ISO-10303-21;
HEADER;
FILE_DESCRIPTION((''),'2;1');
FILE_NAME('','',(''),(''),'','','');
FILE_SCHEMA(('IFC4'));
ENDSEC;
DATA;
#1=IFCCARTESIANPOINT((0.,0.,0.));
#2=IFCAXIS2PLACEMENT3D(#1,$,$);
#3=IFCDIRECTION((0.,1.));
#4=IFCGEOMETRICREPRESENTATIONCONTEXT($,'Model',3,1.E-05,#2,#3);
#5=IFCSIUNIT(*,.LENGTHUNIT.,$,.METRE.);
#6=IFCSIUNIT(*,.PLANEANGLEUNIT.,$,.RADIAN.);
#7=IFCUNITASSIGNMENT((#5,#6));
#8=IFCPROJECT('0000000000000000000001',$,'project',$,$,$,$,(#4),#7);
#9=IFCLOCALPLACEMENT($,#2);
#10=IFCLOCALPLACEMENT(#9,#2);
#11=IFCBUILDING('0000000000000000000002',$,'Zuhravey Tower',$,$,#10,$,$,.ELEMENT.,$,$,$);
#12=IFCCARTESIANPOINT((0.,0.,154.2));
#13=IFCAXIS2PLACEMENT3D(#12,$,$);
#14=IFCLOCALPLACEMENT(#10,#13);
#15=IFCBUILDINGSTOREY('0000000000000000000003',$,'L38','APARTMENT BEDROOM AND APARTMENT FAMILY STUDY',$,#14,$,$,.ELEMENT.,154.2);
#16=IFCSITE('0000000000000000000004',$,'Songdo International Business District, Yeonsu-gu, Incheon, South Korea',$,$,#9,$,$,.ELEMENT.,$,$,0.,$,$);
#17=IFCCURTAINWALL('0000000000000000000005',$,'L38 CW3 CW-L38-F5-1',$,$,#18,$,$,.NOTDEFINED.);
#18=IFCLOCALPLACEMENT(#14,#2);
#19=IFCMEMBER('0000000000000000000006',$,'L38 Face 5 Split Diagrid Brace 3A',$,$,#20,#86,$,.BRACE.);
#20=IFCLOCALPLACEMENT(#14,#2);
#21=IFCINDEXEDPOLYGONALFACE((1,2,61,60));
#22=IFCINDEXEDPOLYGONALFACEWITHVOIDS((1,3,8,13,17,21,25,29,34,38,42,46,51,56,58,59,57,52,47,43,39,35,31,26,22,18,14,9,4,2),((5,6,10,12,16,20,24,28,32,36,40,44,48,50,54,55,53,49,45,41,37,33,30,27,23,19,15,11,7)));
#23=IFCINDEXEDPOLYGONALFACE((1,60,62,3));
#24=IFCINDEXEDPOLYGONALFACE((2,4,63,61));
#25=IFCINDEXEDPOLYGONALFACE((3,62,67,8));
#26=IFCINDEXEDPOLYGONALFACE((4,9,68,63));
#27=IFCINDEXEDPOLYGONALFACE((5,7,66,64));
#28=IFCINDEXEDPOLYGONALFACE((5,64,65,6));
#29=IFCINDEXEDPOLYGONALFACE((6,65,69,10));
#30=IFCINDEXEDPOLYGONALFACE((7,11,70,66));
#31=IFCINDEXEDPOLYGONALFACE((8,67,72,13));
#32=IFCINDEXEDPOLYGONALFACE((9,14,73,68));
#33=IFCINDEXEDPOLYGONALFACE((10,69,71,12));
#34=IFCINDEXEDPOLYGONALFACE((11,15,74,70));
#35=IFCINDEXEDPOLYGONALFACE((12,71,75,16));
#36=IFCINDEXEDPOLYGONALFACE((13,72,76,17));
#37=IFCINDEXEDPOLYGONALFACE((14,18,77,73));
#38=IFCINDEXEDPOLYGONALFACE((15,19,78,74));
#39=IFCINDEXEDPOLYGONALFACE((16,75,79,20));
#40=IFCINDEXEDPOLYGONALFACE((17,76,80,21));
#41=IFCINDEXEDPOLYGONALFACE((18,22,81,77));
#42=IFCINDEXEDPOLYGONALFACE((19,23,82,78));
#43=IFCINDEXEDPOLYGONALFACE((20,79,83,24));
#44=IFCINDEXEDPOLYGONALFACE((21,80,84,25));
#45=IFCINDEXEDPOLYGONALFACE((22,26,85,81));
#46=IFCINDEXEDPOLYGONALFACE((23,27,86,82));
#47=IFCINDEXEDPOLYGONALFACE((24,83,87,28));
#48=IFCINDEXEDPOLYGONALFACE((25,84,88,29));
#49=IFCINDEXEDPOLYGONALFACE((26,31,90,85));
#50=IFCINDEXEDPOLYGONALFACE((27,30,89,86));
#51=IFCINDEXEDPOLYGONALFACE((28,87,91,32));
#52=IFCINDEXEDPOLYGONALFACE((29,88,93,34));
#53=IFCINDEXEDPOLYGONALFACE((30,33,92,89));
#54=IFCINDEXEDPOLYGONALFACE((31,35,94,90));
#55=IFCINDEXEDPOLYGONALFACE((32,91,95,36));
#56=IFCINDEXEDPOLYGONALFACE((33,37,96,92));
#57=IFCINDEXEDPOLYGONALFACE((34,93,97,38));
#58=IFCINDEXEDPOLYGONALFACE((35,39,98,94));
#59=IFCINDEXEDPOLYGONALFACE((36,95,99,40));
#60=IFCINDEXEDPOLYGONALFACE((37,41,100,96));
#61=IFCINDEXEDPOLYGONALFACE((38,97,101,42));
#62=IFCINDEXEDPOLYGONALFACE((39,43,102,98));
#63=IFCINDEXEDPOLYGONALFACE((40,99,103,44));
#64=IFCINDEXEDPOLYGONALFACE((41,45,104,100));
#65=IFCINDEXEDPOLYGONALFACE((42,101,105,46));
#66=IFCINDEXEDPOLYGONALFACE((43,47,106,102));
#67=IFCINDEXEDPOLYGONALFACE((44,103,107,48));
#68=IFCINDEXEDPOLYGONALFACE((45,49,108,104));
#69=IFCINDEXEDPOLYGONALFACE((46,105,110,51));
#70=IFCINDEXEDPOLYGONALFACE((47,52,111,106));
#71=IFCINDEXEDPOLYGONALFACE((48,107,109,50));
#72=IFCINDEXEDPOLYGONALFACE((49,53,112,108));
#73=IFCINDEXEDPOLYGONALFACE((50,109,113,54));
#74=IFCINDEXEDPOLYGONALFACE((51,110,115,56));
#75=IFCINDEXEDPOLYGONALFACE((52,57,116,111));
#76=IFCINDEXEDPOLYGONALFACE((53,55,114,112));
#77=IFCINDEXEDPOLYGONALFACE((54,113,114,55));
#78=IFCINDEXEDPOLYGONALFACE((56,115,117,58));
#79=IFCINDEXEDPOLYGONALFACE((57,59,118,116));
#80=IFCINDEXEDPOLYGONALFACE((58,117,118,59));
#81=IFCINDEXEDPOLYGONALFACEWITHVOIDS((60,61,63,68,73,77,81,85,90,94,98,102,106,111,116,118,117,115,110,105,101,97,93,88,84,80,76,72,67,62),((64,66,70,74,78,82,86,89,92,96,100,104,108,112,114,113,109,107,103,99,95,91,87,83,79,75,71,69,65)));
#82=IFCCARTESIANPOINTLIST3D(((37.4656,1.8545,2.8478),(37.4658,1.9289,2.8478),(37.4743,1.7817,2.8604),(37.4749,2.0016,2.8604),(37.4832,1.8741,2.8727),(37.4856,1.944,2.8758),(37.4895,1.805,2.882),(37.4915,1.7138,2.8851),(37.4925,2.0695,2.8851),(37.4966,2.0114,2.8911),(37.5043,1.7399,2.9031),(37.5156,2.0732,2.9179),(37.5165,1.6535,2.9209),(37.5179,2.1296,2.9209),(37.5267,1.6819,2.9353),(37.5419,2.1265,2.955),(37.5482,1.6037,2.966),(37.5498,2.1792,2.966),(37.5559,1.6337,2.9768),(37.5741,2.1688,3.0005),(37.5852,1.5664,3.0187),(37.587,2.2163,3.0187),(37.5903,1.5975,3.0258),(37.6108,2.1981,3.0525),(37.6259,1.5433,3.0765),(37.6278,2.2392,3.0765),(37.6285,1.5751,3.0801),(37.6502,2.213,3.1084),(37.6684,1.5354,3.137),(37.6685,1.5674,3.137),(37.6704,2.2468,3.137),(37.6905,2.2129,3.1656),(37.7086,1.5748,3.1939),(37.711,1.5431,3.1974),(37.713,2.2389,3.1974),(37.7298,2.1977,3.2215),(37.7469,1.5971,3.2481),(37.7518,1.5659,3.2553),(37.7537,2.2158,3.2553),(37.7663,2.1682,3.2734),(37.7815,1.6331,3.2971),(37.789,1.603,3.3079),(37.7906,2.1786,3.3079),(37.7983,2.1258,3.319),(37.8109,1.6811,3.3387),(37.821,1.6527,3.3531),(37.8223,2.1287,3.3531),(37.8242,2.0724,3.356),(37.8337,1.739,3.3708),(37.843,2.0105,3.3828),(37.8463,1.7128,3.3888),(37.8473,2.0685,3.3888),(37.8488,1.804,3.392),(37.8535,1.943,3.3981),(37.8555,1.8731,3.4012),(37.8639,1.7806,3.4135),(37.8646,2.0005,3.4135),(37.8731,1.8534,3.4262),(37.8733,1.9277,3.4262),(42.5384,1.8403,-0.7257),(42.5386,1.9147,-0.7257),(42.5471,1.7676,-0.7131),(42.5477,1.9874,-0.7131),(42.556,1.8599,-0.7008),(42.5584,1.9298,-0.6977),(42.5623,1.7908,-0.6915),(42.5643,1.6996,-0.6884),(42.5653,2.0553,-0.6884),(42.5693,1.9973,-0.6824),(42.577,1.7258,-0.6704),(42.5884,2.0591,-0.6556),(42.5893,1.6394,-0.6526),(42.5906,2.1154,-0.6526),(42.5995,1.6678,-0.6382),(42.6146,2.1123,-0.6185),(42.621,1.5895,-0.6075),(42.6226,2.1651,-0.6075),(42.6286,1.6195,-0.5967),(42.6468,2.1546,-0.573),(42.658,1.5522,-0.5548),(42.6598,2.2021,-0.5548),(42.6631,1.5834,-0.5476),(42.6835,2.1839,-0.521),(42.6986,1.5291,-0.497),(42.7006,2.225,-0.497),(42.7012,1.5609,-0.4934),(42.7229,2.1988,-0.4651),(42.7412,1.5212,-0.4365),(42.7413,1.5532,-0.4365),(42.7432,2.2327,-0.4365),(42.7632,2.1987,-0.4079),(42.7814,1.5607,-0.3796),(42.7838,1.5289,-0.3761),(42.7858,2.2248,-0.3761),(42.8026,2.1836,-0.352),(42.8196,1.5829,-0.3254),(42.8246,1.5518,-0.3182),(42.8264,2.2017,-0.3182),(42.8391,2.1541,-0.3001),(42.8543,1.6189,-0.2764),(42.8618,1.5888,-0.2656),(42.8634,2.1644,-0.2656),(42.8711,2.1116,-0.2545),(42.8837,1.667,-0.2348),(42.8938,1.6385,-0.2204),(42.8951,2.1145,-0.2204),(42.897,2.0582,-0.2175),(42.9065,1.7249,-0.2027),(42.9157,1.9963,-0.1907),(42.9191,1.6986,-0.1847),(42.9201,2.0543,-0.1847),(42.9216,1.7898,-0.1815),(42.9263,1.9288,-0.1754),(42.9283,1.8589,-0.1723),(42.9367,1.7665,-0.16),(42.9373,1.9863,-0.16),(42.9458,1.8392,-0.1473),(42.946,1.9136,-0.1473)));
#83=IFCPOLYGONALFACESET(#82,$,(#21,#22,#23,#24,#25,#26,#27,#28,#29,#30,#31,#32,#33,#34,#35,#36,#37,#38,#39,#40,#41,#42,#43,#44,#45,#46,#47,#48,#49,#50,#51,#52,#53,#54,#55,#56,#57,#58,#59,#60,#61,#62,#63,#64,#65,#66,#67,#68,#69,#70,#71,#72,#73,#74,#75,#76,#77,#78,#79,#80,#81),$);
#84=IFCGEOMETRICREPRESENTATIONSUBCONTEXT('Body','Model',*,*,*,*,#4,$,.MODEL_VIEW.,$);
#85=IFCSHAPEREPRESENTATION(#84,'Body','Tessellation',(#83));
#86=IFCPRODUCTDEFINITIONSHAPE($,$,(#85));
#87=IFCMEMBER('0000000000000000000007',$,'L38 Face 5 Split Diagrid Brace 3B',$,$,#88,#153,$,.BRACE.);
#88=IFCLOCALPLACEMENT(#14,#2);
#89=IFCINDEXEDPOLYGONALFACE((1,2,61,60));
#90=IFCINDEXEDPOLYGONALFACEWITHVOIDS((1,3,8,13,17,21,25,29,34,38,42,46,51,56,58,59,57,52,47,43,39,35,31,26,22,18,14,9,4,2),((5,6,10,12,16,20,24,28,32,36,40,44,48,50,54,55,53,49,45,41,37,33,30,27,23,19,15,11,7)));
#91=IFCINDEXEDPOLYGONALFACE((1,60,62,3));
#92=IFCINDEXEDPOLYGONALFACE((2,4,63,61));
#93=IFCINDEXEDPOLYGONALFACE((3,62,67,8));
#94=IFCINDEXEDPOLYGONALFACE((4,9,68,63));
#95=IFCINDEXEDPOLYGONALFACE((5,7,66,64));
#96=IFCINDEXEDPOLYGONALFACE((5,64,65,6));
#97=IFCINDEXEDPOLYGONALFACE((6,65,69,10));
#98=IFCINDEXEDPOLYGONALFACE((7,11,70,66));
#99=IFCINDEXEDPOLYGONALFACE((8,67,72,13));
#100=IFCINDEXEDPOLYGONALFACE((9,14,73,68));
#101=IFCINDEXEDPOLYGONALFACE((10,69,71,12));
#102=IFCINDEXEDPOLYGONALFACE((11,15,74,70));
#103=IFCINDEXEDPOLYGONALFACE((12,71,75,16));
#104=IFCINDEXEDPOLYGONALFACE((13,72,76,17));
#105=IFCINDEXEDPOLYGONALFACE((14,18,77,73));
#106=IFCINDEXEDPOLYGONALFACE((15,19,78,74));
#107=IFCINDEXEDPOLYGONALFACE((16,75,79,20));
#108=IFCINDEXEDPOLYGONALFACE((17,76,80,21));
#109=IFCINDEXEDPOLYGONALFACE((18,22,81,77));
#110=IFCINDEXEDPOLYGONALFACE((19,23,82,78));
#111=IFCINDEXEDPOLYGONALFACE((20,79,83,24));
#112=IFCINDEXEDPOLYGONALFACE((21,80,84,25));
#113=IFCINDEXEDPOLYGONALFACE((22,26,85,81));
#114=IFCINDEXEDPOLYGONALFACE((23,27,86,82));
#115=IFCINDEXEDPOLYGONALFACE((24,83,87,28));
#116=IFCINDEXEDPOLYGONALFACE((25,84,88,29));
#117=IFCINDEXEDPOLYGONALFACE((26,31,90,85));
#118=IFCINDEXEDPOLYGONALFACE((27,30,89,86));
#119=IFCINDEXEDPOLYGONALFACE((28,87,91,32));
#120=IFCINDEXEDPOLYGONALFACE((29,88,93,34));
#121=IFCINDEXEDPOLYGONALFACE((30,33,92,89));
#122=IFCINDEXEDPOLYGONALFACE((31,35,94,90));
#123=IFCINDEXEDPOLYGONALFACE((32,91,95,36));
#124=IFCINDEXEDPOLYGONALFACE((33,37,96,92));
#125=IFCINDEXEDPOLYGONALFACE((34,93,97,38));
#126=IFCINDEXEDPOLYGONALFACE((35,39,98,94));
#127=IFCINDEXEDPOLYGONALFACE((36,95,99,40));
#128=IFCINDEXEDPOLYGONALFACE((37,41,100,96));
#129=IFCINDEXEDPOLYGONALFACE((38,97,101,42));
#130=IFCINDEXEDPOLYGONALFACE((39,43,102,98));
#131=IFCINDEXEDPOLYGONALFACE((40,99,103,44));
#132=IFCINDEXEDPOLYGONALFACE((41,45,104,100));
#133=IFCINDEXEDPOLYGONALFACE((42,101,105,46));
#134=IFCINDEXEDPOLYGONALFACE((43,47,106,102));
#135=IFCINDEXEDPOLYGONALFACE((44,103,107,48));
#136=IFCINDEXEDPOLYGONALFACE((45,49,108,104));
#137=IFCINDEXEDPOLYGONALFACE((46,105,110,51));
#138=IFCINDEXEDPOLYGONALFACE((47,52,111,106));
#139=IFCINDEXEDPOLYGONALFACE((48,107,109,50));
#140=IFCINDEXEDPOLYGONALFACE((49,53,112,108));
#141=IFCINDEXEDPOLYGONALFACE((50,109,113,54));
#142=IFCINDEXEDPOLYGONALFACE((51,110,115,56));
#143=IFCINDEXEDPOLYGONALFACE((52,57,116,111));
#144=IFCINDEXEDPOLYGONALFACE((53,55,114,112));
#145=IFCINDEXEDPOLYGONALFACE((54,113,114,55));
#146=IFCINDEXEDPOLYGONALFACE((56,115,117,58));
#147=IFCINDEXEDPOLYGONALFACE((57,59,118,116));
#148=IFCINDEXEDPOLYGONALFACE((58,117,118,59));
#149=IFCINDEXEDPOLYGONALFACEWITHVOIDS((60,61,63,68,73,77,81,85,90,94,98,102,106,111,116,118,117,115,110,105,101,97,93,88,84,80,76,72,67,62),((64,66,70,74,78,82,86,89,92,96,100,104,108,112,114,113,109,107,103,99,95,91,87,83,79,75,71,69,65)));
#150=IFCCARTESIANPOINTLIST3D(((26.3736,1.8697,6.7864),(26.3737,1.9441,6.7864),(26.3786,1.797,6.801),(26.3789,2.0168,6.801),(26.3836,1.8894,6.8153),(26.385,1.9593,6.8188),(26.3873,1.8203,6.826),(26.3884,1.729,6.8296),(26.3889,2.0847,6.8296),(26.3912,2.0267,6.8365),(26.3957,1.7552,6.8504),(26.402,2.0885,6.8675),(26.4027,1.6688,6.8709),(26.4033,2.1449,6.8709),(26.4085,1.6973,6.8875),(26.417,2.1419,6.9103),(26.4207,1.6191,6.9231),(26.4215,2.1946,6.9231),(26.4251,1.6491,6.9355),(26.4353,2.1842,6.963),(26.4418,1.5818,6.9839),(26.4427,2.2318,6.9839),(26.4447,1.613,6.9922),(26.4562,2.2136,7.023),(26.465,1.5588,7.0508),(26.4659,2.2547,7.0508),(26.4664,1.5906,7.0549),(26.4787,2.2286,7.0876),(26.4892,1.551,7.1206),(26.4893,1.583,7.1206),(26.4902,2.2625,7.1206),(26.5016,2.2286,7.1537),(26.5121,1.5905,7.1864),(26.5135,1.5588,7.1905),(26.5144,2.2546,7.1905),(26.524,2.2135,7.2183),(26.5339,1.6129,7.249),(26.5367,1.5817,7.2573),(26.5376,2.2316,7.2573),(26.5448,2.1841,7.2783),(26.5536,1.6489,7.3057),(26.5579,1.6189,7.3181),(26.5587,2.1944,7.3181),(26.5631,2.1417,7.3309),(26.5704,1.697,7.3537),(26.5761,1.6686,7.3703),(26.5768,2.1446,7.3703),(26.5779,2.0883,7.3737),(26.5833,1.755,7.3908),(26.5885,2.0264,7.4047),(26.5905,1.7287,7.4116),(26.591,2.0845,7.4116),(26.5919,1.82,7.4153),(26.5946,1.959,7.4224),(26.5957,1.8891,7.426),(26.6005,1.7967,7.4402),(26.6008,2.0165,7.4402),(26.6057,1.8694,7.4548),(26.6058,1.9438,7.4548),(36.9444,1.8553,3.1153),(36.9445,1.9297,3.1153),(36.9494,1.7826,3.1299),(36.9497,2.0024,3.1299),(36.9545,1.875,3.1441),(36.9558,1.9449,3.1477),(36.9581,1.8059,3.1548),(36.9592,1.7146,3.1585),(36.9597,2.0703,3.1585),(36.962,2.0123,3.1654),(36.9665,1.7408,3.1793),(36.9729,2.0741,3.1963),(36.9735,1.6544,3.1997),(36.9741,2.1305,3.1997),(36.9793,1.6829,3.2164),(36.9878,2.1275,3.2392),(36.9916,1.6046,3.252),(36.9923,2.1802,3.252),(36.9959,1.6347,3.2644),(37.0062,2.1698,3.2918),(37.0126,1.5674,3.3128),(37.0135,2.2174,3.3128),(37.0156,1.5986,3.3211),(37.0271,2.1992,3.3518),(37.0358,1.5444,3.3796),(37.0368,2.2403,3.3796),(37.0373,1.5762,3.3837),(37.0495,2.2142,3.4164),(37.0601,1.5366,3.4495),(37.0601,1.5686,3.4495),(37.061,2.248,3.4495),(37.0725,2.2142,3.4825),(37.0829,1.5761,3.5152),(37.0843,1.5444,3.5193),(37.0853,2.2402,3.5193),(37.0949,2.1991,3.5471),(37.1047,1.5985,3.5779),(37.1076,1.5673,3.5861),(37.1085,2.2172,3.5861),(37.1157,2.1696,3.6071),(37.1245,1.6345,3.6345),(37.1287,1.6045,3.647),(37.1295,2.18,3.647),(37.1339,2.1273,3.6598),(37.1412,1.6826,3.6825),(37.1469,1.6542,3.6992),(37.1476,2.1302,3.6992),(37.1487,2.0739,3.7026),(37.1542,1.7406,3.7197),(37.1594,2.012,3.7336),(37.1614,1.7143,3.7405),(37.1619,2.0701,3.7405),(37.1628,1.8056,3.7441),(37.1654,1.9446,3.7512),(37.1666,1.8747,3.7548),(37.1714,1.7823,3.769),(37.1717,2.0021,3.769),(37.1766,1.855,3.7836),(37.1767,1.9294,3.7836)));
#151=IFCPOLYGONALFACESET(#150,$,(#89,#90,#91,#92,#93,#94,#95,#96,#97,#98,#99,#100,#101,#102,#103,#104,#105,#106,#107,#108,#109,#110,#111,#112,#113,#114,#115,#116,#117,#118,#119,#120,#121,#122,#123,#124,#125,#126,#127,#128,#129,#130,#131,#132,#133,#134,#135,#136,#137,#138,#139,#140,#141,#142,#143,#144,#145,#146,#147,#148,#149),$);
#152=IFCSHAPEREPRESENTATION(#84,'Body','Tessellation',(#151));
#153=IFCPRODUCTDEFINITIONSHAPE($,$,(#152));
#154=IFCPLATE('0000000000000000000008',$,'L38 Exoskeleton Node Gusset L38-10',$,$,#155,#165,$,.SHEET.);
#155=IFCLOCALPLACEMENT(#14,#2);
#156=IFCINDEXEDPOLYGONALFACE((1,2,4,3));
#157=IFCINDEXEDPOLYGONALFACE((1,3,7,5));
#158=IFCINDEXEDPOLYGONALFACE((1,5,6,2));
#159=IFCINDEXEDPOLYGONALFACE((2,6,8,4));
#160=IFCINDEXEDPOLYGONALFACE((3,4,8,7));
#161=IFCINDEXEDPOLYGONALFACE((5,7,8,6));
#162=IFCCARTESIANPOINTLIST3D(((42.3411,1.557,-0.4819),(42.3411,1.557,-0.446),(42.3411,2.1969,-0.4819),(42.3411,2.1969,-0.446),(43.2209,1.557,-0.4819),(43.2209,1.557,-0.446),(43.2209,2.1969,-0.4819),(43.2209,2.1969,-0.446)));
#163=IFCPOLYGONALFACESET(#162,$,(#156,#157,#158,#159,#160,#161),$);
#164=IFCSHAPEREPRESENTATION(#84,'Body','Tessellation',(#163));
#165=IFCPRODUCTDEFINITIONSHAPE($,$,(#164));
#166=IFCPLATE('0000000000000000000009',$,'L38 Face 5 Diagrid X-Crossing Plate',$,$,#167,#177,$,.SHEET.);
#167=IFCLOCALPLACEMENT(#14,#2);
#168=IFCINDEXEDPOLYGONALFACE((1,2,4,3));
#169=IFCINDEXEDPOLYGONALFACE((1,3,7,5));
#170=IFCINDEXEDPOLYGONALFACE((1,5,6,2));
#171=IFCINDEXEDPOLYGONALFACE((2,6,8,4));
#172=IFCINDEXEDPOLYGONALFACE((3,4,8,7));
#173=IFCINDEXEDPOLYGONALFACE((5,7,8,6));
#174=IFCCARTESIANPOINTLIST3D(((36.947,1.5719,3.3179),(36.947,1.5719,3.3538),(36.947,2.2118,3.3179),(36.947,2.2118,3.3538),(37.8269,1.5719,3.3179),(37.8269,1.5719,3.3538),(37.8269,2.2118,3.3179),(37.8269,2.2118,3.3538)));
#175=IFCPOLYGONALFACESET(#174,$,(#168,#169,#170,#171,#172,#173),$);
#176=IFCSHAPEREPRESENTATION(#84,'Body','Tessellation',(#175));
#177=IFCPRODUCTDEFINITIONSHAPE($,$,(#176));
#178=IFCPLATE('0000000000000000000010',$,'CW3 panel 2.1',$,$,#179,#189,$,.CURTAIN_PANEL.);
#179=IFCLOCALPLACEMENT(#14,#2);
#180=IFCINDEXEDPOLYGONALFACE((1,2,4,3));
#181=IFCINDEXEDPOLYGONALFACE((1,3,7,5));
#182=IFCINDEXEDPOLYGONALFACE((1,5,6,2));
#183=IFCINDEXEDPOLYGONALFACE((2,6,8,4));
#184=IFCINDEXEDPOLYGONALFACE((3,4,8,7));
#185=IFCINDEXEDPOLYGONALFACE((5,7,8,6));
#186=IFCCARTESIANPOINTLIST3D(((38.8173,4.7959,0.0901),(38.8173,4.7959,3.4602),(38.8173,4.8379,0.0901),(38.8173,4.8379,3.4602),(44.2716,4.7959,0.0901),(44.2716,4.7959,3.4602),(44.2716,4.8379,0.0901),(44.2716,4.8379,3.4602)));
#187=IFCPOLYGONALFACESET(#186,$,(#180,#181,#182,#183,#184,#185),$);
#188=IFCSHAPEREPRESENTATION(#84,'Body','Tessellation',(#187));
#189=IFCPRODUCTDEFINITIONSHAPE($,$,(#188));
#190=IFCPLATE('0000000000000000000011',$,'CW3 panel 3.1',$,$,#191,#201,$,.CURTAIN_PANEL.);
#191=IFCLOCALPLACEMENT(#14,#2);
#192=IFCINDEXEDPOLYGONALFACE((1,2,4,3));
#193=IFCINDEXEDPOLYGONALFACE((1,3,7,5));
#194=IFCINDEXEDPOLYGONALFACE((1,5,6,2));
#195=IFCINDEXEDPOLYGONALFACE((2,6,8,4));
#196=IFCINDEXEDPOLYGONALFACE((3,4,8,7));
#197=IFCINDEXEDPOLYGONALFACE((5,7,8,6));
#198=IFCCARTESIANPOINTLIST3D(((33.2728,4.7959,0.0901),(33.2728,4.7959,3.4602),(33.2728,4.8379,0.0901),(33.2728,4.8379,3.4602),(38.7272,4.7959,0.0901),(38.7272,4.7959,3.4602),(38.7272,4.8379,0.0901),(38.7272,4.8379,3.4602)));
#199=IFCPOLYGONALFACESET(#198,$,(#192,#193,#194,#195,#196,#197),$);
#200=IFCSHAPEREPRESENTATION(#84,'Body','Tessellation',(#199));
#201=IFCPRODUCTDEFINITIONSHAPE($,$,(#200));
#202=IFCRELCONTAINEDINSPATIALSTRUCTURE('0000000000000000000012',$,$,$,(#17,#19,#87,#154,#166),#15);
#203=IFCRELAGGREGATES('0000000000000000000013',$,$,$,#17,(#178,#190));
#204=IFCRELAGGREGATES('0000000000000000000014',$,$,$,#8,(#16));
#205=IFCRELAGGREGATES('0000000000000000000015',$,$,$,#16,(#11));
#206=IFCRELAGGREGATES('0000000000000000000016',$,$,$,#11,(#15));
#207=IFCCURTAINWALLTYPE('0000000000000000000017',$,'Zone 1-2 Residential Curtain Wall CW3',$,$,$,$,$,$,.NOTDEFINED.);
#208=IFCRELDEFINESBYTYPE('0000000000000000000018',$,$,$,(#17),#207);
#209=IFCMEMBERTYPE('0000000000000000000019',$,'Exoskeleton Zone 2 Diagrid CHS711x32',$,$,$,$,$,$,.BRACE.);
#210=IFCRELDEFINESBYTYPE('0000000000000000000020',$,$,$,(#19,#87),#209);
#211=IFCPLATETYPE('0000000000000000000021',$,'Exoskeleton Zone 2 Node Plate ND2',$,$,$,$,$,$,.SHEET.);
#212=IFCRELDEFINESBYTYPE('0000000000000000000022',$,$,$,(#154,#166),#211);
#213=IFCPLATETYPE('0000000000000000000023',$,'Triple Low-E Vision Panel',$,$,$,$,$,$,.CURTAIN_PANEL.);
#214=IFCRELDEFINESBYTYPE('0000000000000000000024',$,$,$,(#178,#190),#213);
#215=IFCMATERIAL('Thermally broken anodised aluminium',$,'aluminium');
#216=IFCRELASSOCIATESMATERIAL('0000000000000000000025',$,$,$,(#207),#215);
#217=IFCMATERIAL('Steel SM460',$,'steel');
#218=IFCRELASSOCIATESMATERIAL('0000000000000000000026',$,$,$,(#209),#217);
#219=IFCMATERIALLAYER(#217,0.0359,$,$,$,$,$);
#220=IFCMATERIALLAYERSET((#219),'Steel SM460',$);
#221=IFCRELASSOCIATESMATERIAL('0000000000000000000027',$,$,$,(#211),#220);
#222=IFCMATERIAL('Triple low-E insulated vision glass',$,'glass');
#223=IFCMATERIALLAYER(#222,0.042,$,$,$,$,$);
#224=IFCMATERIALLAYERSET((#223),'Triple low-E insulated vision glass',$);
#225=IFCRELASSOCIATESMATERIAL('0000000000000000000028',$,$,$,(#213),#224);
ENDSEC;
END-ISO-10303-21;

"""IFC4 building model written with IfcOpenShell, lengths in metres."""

from ifc_helpers import new_model, si_unit, direction, frame, origin, origin_2d, place, context, subcontext, project, spatial, rectangle, hollow_circle, extrude, material, layer, layer_set, material_profile, profile_set, type_object, element, aggregate, save


model = new_model("IFC4")

# Units and contexts
model_context = context("Model", 3, precision=1e-05, world=origin(), true_north=direction((0.0, 1.0)))
body_context = subcontext(model_context, "Body", "Model", "MODEL_VIEW")
ifc_project = project(units=[si_unit("LENGTHUNIT", "METRE"), si_unit("PLANEANGLEUNIT", "RADIAN")], contexts=[model_context])

# Site, building, storey
site_placement = place(None, origin())
site = spatial("IfcSite", under=ifc_project, at=site_placement, Name="Songdo International Business District, Yeonsu-gu, Incheon, South Korea", CompositionType="ELEMENT", RefElevation=0.0)
building_placement = place(site_placement, origin())
building = spatial("IfcBuilding", under=site, at=building_placement, Name="Zuhravey Tower", CompositionType="ELEMENT")
storey_placement = place(building_placement, frame((0.0, 0.0, 154.2)))
storey = spatial("IfcBuildingStorey", under=building, at=storey_placement, Name="L38", Description="APARTMENT BEDROOM AND APARTMENT FAMILY STUDY", CompositionType="ELEMENT", Elevation=154.2)

# Curtain wall
ifc_material_1 = material(Name="Thermally broken anodised aluminium", Category="aluminium")
curtain_wall_type = type_object("IfcCurtainWallType", Name="Zone 1-2 Residential Curtain Wall CW3", PredefinedType="NOTDEFINED", material=ifc_material_1)
curtain_wall_placement = place(storey_placement, origin())
curtain_wall = element("IfcCurtainWall", 1, at=curtain_wall_placement, inside=storey, type_object=curtain_wall_type, Name="L38 CW3 CW-L38-F5-1", PredefinedType="NOTDEFINED")

# Members
ifc_material_2 = material(Name="Steel SM460", Category="steel")
ifc_material_profile_1 = material_profile(ifc_material_2, hollow_circle(Radius=0.3557, WallThickness=0.032, at=origin_2d()), Name="CHS-711.2x32")
ifc_profile_set_1 = profile_set([ifc_material_profile_1], Name="Steel SM460")
member_type_1 = type_object("IfcMemberType", Name="Exoskeleton Zone 2 Diagrid CHS711x32", PredefinedType="BRACE", material=ifc_profile_set_1)
member_1_placement = place(storey_placement, frame((42.7422, 1.877, -0.4365), z_axis=(-0.817518, 0.002282, 0.575898), x_axis=(-0.002791, -0.999996, 0.0)))
element("IfcMember", 2, at=member_1_placement, inside=storey, type_object=member_type_1, Name="L38 Face 5 Split Diagrid Brace 3A", PredefinedType="BRACE", context=body_context, shape_type="SweptSolid", body=[
    extrude(hollow_circle(Radius=0.3557, WallThickness=0.032, at=origin_2d()), origin(), (0.0, 0.0, 1.0), 6.2051),
])
member_2_placement = place(storey_placement, frame((37.0605, 1.8923, 3.4495), z_axis=(-0.944653, 0.001287, 0.328069), x_axis=(-0.001363, -0.999999, 0.0)))
element("IfcMember", 3, at=member_2_placement, inside=storey, type_object=member_type_1, Name="L38 Face 5 Split Diagrid Brace 3B", PredefinedType="BRACE", context=body_context, shape_type="SweptSolid", body=[
    extrude(hollow_circle(Radius=0.3557, WallThickness=0.032, at=origin_2d()), origin(), (0.0, 0.0, 1.0), 11.1902),
])

# Plates
ifc_layer_1 = layer(ifc_material_2, 0.0359)
ifc_layer_set_1 = layer_set([ifc_layer_1], Name="Steel SM460")
plate_type_1 = type_object("IfcPlateType", Name="Exoskeleton Zone 2 Node Plate ND2", PredefinedType="SHEET", material=ifc_layer_set_1)
for number, where, z_axis, x_axis, name in (
    (4, (42.781, 1.877, -0.4819), (0.0, 0.0, 1.0), (1.0, 0.0, 0.0), "L38 Exoskeleton Node Gusset L38-10"),
    (5, (37.387, 1.8918, 3.3179), (0.0, 0.0, 1.0), (1.0, 0.0, 0.0), "L38 Face 5 Diagrid X-Crossing Plate"),
):
    element("IfcPlate", number, at=place(storey_placement, frame(where, z_axis=z_axis, x_axis=x_axis)), inside=storey, type_object=plate_type_1, Name=name, PredefinedType="SHEET", context=body_context, shape_type="SweptSolid", body=[
        extrude(rectangle(XDim=0.8799, YDim=0.6399, at=origin_2d()), origin(), (0.0, 0.0, 1.0), 0.0359),
    ])

# Plates
ifc_material_3 = material(Name="Triple low-E insulated vision glass", Category="glass")
ifc_layer_2 = layer(ifc_material_3, 0.042)
ifc_layer_set_2 = layer_set([ifc_layer_2], Name="Triple low-E insulated vision glass")
plate_type_2 = type_object("IfcPlateType", Name="Triple Low-E Vision Panel", PredefinedType="CURTAIN_PANEL", material=ifc_layer_set_2)
plate_1_placement = place(storey_placement, frame((41.5444, 4.8169, 0.0901), z_axis=(0.0, 0.0, 1.0), x_axis=(-1.0, 0.0, 0.0)))
plate_1 = element("IfcPlate", 6, at=plate_1_placement, type_object=plate_type_2, Name="CW3 panel 2.1", PredefinedType="CURTAIN_PANEL", context=body_context, shape_type="SweptSolid", body=[
    extrude(rectangle(XDim=5.4543, YDim=0.042, at=origin_2d()), origin(), (0.0, 0.0, 1.0), 3.3701),
])
plate_2_placement = place(storey_placement, frame((36.0, 4.8169, 0.0901), z_axis=(0.0, 0.0, 1.0), x_axis=(-1.0, 0.0, 0.0)))
plate_2 = element("IfcPlate", 7, at=plate_2_placement, type_object=plate_type_2, Name="CW3 panel 3.1", PredefinedType="CURTAIN_PANEL", context=body_context, shape_type="SweptSolid", body=[
    extrude(rectangle(XDim=5.4543, YDim=0.042, at=origin_2d()), origin(), (0.0, 0.0, 1.0), 3.3701),
])
aggregate(curtain_wall, [plate_1, plate_2])

save(model, "model.ifc")
